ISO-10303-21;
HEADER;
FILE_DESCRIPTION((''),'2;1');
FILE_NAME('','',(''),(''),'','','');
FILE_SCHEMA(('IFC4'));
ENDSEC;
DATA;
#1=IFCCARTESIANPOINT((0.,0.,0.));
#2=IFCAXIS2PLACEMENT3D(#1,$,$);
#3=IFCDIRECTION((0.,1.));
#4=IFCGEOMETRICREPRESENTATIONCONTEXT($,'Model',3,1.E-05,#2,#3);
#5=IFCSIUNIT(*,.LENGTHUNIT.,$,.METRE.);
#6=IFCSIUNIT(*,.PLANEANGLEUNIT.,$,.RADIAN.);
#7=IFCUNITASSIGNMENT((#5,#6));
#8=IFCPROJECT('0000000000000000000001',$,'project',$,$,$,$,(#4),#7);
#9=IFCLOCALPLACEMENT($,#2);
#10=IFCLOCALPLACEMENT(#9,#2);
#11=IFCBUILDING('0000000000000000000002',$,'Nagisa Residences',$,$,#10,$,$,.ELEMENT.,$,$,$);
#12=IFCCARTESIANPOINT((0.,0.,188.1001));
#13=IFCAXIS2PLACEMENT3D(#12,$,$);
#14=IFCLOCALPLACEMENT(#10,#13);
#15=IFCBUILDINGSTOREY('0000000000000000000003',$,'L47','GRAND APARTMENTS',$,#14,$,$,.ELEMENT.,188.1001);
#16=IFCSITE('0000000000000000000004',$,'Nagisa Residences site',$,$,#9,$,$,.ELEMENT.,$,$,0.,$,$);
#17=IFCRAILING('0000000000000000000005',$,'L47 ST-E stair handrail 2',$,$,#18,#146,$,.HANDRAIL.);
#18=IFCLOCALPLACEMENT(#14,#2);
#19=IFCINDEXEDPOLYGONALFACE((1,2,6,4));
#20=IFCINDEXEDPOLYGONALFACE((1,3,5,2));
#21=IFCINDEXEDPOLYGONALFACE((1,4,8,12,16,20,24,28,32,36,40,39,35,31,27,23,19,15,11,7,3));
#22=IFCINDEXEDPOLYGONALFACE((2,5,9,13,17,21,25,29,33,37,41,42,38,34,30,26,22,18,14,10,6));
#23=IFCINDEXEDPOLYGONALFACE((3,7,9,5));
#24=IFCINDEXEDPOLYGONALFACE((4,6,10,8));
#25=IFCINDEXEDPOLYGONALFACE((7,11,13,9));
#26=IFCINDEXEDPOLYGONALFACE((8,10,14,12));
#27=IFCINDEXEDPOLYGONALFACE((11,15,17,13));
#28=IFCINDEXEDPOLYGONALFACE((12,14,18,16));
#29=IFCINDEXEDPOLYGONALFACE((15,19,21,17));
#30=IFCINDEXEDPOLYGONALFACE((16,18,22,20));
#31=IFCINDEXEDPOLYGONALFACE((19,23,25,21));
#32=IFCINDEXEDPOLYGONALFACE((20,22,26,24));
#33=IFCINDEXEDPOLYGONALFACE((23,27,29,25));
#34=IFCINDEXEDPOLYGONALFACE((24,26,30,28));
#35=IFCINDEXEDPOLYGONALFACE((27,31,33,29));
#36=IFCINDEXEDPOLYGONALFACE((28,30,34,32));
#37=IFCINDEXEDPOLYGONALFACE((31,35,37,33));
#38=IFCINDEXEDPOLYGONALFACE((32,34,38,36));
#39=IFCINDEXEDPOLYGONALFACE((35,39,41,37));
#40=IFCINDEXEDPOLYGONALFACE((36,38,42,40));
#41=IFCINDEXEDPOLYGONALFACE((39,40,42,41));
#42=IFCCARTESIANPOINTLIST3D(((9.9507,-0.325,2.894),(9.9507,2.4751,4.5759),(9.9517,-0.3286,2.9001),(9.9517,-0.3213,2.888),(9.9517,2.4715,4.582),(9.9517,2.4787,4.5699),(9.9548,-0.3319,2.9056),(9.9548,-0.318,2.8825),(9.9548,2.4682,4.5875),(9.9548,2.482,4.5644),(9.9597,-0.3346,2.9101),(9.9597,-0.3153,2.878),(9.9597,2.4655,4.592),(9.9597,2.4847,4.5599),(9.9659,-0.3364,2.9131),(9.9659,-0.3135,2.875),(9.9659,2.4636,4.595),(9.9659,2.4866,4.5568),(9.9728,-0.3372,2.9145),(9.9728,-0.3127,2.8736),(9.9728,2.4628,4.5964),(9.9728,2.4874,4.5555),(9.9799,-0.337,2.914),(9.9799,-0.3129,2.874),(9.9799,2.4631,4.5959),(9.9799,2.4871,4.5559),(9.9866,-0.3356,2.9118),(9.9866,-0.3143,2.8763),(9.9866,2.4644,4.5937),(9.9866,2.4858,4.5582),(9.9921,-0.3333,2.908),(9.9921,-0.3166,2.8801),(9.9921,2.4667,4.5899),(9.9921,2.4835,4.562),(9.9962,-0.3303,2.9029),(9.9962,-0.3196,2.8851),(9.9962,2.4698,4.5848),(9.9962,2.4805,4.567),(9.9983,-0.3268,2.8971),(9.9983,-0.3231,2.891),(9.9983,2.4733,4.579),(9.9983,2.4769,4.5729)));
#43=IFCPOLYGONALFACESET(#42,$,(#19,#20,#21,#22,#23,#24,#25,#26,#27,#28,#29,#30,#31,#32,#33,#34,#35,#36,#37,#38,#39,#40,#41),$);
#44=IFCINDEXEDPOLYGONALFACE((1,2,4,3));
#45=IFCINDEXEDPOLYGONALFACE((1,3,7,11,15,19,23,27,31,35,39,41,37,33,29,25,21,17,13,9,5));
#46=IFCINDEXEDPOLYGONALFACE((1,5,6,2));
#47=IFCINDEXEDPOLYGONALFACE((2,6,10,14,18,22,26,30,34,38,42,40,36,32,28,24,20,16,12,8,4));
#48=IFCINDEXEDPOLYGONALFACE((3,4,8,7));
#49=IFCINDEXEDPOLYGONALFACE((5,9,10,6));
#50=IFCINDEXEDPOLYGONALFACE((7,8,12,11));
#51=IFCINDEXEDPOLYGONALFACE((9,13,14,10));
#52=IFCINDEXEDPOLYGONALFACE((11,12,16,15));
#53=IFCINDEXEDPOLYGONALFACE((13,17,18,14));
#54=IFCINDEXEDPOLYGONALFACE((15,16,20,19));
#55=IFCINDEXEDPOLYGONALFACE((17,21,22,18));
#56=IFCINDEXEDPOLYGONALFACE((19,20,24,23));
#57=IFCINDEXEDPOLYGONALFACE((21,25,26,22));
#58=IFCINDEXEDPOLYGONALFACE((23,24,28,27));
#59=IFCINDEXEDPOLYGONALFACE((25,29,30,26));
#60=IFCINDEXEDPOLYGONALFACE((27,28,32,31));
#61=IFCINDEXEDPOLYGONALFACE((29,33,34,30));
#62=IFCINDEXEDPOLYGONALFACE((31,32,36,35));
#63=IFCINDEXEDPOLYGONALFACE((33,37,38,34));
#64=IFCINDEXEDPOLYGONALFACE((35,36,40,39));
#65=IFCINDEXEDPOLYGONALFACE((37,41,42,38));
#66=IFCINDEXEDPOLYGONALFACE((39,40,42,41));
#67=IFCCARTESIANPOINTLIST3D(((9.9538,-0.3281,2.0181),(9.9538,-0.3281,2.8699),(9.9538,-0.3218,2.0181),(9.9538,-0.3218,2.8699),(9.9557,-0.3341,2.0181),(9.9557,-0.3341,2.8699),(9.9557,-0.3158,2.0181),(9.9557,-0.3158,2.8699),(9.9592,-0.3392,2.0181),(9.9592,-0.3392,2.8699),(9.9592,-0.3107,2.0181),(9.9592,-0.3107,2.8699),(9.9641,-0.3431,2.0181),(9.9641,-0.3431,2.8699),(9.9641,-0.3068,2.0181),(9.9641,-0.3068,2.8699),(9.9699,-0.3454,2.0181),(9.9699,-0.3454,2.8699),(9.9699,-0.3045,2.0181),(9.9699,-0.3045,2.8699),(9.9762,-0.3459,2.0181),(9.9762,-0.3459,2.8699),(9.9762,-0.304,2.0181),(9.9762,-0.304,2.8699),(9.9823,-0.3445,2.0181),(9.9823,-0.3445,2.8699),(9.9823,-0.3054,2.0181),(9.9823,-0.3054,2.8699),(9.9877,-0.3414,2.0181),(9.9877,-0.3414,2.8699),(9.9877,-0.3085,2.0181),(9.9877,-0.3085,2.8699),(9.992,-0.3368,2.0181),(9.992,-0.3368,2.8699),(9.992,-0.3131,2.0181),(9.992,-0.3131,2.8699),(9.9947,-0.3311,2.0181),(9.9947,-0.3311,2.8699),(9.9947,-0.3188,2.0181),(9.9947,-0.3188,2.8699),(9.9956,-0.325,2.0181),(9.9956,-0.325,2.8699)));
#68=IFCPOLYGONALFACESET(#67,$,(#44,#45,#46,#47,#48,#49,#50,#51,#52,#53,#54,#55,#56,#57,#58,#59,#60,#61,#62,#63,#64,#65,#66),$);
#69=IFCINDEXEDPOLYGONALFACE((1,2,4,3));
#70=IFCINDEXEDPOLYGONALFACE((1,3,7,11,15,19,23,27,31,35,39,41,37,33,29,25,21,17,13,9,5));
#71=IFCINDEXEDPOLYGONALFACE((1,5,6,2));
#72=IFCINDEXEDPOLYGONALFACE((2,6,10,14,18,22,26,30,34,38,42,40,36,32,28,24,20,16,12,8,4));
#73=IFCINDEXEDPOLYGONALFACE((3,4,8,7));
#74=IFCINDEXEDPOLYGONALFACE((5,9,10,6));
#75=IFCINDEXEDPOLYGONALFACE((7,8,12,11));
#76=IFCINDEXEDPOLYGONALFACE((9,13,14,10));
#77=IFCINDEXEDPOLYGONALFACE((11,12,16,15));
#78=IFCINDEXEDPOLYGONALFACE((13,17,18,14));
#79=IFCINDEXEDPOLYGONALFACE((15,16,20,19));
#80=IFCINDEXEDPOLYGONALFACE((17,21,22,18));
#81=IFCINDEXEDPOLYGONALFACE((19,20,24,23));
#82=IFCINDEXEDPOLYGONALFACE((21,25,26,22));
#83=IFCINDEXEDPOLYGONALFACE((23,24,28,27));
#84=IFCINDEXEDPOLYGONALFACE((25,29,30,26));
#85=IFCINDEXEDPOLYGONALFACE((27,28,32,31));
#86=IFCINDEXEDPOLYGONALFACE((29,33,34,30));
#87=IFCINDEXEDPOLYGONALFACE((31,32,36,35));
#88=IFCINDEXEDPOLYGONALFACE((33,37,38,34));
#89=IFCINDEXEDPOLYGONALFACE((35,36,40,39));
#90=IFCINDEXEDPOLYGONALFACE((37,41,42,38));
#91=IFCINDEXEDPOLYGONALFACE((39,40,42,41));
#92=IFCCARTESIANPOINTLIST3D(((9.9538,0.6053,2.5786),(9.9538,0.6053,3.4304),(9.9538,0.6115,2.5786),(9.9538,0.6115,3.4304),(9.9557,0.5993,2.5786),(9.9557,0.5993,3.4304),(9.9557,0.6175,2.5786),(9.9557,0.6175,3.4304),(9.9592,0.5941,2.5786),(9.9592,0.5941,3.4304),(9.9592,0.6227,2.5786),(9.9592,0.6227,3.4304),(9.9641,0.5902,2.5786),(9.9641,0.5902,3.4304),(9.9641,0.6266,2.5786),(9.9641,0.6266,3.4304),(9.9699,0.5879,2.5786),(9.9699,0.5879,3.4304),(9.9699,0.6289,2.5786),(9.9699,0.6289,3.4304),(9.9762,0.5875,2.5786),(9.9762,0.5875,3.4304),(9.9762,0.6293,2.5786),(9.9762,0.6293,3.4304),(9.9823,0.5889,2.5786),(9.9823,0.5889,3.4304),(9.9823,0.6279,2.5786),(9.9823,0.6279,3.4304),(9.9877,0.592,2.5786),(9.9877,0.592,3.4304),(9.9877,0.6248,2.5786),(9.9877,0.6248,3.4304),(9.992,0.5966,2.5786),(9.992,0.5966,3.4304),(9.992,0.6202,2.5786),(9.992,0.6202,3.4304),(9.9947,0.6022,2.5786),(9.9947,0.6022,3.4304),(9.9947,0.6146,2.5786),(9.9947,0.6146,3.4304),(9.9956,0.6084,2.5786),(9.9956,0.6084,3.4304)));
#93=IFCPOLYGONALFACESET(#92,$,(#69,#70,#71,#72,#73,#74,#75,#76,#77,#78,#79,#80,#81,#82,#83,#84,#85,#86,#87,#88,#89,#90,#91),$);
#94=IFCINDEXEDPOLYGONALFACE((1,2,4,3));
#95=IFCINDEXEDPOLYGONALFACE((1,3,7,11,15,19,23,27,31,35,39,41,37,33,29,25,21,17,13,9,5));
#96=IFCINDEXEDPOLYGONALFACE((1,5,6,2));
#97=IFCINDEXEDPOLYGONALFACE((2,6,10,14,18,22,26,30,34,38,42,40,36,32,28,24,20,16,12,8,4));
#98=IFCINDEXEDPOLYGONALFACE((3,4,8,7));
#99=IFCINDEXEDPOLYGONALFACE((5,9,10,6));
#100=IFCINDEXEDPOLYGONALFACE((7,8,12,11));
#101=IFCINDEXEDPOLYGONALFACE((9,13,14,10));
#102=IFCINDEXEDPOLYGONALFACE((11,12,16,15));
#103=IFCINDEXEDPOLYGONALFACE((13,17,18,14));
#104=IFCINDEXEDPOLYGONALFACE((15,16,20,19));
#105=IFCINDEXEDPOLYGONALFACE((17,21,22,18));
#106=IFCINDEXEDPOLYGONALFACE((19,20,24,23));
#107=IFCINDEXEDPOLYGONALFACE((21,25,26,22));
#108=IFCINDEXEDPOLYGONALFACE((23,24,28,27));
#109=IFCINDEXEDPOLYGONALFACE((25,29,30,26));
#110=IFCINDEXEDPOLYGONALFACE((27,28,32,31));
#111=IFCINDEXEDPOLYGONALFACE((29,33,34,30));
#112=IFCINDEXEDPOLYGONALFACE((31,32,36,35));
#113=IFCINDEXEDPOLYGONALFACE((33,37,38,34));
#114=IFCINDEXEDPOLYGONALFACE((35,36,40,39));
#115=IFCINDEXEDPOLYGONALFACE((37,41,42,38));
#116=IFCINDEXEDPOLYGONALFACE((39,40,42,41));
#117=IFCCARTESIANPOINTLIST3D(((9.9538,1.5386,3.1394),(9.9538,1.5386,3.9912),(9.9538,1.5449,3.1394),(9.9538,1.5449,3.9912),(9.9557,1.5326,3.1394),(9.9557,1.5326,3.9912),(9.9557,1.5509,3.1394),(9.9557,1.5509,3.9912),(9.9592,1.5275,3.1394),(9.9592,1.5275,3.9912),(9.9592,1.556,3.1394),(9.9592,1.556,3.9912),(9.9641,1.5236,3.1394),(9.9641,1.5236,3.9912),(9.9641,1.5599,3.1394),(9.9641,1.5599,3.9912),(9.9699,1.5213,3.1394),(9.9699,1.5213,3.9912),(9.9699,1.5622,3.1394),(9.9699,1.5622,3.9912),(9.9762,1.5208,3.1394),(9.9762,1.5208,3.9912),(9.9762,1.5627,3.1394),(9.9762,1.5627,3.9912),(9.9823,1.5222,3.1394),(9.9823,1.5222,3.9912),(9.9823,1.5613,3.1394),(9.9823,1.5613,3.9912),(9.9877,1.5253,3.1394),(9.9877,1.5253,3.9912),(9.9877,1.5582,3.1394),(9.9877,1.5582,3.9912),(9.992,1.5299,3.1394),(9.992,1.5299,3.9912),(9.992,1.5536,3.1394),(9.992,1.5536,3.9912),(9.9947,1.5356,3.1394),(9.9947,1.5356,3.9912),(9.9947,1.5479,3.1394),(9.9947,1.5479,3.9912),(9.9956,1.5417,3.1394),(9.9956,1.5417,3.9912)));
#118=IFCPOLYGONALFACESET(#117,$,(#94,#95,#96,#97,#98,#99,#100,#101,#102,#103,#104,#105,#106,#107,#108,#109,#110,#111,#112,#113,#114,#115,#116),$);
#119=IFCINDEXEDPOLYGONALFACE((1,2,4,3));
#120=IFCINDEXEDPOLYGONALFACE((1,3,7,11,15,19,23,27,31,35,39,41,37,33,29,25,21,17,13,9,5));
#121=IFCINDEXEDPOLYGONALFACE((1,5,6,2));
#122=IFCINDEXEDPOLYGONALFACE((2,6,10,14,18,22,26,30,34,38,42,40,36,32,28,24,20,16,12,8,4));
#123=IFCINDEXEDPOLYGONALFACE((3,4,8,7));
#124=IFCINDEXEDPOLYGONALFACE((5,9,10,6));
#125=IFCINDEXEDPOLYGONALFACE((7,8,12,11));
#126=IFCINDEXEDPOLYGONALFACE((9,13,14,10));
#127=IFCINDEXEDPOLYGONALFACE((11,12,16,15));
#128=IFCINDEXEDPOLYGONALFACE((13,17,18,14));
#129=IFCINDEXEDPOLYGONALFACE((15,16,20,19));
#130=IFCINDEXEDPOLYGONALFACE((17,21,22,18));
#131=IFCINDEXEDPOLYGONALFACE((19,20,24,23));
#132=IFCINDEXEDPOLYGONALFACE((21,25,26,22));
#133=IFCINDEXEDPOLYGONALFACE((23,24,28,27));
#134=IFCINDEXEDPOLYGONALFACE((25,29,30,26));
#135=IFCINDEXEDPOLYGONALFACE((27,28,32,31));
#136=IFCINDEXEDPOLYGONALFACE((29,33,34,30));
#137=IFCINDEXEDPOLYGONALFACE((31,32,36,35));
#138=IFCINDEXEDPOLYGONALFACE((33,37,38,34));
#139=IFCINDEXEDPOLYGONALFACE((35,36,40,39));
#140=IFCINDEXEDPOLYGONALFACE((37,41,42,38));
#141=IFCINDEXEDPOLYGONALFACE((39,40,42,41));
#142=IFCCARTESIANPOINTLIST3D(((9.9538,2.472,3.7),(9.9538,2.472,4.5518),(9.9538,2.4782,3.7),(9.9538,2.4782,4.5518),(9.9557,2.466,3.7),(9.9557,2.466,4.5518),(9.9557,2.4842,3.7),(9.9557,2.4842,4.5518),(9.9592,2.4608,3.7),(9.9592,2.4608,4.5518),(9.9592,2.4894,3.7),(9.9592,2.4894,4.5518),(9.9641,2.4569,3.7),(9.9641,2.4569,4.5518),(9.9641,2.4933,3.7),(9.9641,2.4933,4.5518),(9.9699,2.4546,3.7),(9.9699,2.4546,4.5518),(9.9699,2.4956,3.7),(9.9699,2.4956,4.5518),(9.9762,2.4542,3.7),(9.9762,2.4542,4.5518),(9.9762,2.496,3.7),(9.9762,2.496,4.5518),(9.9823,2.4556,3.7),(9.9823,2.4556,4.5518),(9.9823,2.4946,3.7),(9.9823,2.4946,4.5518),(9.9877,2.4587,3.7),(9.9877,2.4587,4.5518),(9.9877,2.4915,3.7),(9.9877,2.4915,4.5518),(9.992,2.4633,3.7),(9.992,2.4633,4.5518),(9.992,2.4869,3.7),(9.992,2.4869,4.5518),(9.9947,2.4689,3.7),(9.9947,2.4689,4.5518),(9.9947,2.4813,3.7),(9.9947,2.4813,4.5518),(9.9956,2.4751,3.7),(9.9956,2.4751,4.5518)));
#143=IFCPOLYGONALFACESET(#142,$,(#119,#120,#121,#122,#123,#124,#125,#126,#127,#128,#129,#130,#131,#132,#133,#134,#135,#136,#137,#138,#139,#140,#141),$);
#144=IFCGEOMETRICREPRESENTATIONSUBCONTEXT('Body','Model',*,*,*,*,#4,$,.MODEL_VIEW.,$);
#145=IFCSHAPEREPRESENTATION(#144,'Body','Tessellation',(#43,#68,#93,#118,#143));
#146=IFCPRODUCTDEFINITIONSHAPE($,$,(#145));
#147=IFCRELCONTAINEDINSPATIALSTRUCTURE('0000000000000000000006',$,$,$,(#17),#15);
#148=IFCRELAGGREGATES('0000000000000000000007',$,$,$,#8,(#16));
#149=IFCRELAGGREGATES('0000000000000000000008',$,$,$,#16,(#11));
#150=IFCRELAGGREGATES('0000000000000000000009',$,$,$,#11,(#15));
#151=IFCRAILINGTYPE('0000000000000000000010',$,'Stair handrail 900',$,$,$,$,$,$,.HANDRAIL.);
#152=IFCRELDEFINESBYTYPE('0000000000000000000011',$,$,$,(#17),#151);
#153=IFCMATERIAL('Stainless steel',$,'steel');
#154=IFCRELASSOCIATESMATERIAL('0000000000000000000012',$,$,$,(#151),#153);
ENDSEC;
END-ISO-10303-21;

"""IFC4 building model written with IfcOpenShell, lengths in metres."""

from ifc_helpers import new_model, si_unit, direction, frame, origin, origin_2d, place, context, subcontext, project, spatial, circle, extrude, material, type_object, element, save


model = new_model("IFC4")

# Units and contexts
model_context = context("Model", 3, precision=1e-05, world=origin(), true_north=direction((0.0, 1.0)))
body_context = subcontext(model_context, "Body", "Model", "MODEL_VIEW")
ifc_project = project(units=[si_unit("LENGTHUNIT", "METRE"), si_unit("PLANEANGLEUNIT", "RADIAN")], contexts=[model_context])

# Site, building, storey
site_placement = place(None, origin())
site = spatial("IfcSite", under=ifc_project, at=site_placement, Name="Nagisa Residences site", CompositionType="ELEMENT", RefElevation=0.0)
building_placement = place(site_placement, origin())
building = spatial("IfcBuilding", under=site, at=building_placement, Name="Nagisa Residences", CompositionType="ELEMENT")
storey_placement = place(building_placement, frame((0.0, 0.0, 188.1001)))
storey = spatial("IfcBuildingStorey", under=building, at=storey_placement, Name="L47", Description="GRAND APARTMENTS", CompositionType="ELEMENT", Elevation=188.1001)

# Railing
ifc_material_1 = material(Name="Stainless steel", Category="steel")
railing_type = type_object("IfcRailingType", Name="Stair handrail 900", PredefinedType="HANDRAIL", material=ifc_material_1)
railing_placement = place(storey_placement, frame((9.9746, -0.325, 2.0181)))
element("IfcRailing", 1, at=railing_placement, inside=storey, type_object=railing_type, Name="L47 ST-E stair handrail 2", PredefinedType="HANDRAIL", context=body_context, shape_type="SweptSolid", body=[
    extrude(circle(Radius=0.0239, at=origin_2d()), frame((0.0, 0.0, 0.876), z_axis=(0.0, 0.857242, 0.514913), x_axis=(-1.0, 0.0, 0.0)), (0.0, 0.0, 1.0), 3.2664),
    extrude(circle(Radius=0.021, at=origin_2d()), origin(), (0.0, 0.0, 1.0), 0.8518),
    extrude(circle(Radius=0.021, at=origin_2d()), frame((0.0, 0.9333, 0.5605)), (0.0, 0.0, 1.0), 0.8518),
    extrude(circle(Radius=0.021, at=origin_2d()), frame((0.0, 1.8667, 1.1213)), (0.0, 0.0, 1.0), 0.8518),
    extrude(circle(Radius=0.021, at=origin_2d()), frame((0.0, 2.8, 1.6819)), (0.0, 0.0, 1.0), 0.8518),
])

save(model, "model.ifc")
